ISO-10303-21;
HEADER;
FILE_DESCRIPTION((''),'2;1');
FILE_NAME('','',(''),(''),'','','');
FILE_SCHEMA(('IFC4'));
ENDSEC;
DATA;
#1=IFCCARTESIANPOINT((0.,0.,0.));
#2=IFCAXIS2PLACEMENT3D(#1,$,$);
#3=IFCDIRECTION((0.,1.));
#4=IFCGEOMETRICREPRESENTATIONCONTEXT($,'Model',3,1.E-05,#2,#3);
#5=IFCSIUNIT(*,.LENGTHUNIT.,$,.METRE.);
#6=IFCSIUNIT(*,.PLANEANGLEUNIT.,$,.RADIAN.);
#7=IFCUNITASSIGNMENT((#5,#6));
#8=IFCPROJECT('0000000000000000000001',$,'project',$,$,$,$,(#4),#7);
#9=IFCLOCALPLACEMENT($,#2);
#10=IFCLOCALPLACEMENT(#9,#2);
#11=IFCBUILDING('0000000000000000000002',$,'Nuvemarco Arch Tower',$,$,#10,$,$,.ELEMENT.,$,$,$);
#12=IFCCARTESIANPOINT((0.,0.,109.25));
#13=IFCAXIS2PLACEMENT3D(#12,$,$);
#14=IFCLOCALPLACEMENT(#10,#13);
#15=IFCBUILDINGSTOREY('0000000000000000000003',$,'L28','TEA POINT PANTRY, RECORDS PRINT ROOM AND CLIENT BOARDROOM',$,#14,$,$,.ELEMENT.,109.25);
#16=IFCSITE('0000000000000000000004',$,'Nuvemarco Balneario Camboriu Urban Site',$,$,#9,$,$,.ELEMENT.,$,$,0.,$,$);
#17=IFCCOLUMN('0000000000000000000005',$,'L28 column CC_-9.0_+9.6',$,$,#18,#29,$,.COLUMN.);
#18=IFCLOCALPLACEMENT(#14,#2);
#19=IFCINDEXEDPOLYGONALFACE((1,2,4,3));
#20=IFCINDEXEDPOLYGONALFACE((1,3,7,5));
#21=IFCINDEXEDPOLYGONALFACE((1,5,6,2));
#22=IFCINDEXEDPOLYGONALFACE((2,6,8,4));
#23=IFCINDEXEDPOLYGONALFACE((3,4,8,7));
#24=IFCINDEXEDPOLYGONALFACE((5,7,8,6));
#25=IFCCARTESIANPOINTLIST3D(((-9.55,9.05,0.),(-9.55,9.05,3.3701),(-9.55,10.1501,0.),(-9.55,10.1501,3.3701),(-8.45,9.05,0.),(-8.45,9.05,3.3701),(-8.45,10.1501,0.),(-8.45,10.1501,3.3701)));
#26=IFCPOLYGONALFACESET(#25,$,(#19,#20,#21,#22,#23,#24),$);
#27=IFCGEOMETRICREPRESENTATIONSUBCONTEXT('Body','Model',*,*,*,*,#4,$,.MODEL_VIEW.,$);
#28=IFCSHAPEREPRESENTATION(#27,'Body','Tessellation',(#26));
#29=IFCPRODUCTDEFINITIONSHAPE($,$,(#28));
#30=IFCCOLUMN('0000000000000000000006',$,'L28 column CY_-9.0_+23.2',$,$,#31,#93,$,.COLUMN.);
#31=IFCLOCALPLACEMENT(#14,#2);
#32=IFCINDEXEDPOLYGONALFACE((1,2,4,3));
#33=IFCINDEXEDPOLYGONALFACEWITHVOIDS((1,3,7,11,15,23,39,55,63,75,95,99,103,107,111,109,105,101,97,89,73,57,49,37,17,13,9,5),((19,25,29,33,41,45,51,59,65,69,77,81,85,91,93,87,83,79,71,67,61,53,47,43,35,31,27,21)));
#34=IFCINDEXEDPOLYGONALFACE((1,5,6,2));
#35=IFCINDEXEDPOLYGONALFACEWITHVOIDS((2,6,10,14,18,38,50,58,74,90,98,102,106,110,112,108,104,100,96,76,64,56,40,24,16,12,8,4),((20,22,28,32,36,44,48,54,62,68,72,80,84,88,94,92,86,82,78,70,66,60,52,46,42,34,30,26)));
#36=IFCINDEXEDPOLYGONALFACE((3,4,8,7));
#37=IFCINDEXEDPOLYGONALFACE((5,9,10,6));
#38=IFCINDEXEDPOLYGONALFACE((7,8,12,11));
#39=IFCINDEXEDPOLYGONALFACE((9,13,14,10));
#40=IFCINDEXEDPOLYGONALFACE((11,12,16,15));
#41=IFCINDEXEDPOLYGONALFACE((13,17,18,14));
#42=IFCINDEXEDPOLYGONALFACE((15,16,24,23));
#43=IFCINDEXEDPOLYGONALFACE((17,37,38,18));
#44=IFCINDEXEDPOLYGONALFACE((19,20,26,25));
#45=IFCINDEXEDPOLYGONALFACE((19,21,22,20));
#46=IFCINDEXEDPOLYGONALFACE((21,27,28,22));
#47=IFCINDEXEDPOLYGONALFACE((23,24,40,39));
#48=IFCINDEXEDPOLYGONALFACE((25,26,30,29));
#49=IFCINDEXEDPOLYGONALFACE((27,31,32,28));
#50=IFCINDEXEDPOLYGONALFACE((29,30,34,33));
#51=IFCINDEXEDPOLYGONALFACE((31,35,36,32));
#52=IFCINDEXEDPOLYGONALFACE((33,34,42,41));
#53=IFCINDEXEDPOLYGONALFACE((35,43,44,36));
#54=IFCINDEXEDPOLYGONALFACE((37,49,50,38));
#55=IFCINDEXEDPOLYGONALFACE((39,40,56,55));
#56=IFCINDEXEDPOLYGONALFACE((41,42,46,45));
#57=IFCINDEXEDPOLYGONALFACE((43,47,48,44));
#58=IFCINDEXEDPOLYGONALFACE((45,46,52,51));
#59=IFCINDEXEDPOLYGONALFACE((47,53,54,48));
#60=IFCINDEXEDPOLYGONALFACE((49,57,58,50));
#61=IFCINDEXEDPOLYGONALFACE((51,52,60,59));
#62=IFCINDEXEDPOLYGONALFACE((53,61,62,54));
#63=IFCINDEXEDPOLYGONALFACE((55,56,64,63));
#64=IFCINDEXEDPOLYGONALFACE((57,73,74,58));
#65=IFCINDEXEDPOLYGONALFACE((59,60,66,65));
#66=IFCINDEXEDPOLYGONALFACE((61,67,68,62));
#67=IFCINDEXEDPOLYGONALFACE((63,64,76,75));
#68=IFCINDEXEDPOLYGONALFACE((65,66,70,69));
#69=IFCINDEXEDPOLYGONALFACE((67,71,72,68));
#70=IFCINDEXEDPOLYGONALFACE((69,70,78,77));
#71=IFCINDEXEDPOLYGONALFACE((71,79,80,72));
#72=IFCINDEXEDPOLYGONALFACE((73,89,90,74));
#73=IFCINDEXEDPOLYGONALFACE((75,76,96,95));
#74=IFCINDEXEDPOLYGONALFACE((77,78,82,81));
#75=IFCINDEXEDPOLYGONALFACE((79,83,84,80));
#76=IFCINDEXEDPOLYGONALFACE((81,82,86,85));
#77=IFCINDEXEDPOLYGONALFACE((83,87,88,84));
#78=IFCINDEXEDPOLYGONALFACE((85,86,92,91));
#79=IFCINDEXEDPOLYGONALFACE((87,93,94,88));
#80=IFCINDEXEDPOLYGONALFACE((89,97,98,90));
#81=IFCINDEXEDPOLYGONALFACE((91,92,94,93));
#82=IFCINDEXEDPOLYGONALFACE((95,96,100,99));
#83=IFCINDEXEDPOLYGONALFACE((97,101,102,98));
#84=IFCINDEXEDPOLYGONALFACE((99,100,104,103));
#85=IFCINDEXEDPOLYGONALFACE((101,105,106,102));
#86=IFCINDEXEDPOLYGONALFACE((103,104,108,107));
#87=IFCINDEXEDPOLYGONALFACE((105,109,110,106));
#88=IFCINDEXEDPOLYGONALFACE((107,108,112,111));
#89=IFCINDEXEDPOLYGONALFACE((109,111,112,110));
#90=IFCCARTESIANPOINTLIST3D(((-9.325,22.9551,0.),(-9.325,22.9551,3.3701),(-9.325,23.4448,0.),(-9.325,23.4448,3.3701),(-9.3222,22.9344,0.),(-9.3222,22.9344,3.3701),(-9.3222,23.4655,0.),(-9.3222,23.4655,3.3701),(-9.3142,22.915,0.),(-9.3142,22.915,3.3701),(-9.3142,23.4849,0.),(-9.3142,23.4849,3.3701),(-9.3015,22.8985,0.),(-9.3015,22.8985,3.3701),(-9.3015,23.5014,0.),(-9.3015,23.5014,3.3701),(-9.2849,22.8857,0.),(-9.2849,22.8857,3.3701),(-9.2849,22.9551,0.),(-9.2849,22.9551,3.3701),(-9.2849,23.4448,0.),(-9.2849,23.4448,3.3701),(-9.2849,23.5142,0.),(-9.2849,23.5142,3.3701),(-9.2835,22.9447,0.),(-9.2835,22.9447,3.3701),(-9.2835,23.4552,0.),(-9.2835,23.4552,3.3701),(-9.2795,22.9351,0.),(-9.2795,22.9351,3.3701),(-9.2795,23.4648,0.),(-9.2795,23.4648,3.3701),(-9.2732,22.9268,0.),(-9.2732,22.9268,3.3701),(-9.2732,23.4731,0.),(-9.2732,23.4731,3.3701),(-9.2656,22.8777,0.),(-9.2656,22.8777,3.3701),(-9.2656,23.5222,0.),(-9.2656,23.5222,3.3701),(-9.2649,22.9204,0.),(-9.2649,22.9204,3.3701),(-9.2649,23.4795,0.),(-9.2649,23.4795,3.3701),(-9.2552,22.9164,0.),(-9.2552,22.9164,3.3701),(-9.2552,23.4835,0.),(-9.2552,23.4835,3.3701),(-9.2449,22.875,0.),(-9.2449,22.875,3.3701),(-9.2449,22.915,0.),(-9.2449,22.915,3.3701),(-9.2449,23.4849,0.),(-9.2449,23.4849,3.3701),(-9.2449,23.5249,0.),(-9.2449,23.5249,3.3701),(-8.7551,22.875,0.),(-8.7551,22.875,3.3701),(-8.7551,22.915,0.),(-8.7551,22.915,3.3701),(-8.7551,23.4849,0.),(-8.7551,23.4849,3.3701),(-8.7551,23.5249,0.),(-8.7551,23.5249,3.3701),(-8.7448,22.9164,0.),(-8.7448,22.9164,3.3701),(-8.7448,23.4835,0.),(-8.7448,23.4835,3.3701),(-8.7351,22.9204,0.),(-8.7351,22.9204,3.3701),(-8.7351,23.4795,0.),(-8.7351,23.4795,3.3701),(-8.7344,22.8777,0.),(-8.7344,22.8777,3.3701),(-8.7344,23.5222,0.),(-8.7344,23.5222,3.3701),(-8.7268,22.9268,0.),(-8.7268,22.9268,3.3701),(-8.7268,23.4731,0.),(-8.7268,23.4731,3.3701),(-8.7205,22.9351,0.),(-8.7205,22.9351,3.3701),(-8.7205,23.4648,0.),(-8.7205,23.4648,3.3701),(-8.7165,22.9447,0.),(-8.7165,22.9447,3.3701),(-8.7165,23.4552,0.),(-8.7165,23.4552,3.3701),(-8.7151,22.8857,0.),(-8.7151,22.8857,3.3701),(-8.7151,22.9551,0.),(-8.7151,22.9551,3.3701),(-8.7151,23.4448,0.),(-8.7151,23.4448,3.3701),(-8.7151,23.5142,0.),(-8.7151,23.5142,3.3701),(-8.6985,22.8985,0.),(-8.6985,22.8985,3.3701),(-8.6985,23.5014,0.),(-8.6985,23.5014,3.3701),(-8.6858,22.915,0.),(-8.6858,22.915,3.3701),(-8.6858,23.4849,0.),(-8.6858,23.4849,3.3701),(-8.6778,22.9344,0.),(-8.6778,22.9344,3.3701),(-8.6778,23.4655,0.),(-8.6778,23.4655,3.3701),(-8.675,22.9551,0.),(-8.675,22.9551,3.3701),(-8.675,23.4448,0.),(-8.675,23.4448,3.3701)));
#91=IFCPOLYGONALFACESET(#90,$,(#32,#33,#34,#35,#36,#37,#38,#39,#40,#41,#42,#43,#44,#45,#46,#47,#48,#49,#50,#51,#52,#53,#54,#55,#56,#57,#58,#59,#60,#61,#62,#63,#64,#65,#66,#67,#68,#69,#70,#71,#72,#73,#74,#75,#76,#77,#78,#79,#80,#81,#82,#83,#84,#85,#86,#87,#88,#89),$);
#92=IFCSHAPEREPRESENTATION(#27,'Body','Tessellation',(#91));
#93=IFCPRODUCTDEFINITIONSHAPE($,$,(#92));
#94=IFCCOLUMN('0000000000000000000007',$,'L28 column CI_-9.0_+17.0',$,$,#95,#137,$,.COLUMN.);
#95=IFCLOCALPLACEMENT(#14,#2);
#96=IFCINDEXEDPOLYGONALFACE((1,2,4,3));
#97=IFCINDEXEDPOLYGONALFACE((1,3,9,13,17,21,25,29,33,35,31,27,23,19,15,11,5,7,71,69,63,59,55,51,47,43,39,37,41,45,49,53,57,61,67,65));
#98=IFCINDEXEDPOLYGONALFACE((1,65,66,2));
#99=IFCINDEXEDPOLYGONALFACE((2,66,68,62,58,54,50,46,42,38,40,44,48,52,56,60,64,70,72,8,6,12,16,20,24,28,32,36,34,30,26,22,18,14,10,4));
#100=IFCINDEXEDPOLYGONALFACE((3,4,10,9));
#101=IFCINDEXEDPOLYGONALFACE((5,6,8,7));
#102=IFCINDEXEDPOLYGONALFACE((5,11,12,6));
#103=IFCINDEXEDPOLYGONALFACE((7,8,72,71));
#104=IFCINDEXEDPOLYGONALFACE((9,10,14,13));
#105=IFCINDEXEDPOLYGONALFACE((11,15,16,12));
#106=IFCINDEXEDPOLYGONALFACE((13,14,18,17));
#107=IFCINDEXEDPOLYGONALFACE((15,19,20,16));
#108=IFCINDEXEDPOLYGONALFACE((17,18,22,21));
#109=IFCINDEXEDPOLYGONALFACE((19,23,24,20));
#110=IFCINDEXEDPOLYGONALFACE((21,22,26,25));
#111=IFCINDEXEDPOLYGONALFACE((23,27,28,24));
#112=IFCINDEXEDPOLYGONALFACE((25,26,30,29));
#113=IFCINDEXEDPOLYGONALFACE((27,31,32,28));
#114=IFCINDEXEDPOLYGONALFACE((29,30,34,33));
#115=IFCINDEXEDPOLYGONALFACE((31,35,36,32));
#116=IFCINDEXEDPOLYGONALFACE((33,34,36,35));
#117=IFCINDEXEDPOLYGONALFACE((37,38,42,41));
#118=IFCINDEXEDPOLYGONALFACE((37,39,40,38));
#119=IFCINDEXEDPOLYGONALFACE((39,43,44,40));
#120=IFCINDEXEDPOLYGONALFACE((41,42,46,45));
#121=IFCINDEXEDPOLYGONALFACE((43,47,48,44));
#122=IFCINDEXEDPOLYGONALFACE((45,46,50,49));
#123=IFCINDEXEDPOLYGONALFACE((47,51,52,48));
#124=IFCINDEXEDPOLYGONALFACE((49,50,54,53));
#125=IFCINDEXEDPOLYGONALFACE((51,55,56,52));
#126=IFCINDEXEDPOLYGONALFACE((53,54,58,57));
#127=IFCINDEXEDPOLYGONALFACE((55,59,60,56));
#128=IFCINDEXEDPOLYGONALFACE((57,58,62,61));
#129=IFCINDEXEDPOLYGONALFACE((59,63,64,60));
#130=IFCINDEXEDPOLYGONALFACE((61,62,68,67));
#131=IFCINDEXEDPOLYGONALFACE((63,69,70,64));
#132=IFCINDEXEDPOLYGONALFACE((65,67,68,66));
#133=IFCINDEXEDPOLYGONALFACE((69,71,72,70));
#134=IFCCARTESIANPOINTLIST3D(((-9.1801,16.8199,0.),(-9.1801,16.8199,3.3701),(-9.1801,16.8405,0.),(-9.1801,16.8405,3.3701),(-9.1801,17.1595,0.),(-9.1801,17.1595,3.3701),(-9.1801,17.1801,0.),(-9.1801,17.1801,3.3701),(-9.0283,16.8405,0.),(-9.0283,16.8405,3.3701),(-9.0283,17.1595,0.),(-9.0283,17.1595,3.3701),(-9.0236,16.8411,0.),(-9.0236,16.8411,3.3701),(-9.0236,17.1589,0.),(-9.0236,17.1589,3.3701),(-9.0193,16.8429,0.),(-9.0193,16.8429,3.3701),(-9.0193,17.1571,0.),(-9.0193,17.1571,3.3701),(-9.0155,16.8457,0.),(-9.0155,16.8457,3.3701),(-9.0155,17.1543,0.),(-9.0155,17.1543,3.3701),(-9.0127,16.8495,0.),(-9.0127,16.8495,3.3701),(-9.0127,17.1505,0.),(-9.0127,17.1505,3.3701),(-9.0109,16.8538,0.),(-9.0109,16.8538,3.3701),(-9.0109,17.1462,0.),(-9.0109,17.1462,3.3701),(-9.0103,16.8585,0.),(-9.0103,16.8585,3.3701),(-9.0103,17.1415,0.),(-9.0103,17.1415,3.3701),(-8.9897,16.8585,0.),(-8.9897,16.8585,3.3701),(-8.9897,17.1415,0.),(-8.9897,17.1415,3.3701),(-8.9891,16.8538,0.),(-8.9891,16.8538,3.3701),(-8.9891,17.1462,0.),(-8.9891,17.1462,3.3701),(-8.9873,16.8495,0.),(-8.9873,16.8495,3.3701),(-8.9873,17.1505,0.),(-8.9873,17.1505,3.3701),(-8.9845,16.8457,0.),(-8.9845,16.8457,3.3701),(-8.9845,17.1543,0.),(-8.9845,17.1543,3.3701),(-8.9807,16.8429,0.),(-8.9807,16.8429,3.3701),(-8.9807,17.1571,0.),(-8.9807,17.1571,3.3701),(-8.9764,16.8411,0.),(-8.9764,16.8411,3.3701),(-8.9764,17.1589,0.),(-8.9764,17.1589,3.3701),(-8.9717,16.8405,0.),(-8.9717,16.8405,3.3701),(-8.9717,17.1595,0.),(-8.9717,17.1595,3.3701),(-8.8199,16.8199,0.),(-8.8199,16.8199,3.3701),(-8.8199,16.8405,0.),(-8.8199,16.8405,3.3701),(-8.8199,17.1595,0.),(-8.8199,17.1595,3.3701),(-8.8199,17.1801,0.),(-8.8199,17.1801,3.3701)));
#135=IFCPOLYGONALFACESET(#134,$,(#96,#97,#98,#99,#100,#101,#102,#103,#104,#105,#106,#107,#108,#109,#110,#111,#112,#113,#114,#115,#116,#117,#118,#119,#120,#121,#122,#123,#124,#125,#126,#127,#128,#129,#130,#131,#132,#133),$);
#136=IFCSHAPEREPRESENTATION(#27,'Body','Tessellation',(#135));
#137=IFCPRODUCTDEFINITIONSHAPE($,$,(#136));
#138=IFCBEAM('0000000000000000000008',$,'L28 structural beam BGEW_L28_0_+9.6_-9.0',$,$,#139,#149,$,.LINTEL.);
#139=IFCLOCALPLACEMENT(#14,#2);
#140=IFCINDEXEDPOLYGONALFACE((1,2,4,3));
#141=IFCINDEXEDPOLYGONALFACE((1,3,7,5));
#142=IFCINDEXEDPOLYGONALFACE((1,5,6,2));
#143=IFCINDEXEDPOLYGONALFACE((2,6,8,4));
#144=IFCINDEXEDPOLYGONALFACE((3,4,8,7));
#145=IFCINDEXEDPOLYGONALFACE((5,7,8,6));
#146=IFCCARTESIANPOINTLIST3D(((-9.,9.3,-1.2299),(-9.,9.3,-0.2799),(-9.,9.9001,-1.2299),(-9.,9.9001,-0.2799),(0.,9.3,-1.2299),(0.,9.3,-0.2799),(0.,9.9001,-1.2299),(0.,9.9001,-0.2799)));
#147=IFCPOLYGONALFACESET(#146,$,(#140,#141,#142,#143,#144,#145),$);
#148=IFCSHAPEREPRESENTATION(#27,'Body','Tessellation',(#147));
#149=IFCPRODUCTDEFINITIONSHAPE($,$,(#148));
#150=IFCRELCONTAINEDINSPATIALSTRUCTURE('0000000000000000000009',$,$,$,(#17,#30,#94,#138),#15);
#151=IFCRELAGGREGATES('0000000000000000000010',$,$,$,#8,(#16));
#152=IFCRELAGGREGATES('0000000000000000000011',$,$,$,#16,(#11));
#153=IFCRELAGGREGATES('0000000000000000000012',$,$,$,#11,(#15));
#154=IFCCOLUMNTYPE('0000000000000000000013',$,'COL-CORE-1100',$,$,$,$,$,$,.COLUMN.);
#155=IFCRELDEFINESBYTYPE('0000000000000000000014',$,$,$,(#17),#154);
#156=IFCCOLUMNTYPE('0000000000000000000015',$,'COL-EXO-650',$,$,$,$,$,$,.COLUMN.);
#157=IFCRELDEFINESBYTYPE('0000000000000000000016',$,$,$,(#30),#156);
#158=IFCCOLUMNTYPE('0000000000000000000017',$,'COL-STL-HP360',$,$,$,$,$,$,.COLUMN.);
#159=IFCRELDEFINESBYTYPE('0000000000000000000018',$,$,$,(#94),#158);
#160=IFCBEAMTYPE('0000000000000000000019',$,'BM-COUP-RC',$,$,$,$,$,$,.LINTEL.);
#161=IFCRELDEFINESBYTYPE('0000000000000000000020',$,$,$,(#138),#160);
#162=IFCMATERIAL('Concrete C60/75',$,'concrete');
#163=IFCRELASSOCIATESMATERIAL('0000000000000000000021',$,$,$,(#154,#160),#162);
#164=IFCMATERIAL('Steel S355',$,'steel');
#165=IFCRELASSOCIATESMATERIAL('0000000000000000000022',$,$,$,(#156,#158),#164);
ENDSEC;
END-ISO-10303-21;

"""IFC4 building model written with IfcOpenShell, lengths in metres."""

from ifc_helpers import new_model, si_unit, direction, frame, origin, origin_2d, place, context, subcontext, project, spatial, rectangle, hollow_rectangle, i_section, extrude, material, material_profile, profile_set, type_object, element, save


model = new_model("IFC4")

# Units and contexts
model_context = context("Model", 3, precision=1e-05, world=origin(), true_north=direction((0.0, 1.0)))
body_context = subcontext(model_context, "Body", "Model", "MODEL_VIEW")
ifc_project = project(units=[si_unit("LENGTHUNIT", "METRE"), si_unit("PLANEANGLEUNIT", "RADIAN")], contexts=[model_context])

# Site, building, storey
site_placement = place(None, origin())
site = spatial("IfcSite", under=ifc_project, at=site_placement, Name="Nuvemarco Balneario Camboriu Urban Site", CompositionType="ELEMENT", RefElevation=0.0)
building_placement = place(site_placement, origin())
building = spatial("IfcBuilding", under=site, at=building_placement, Name="Nuvemarco Arch Tower", CompositionType="ELEMENT")
storey_placement = place(building_placement, frame((0.0, 0.0, 109.25)))
storey = spatial("IfcBuildingStorey", under=building, at=storey_placement, Name="L28", Description="TEA POINT PANTRY, RECORDS PRINT ROOM AND CLIENT BOARDROOM", CompositionType="ELEMENT", Elevation=109.25)

# Columns
ifc_material_1 = material(Name="Concrete C60/75", Category="concrete")
ifc_material_profile_1 = material_profile(ifc_material_1, rectangle(XDim=1.1001, YDim=1.1001, at=origin_2d()), Name="RC-COL-1100x1100")
ifc_profile_set_1 = profile_set([ifc_material_profile_1], Name="Concrete C60/75")
column_type_1 = type_object("IfcColumnType", Name="COL-CORE-1100", PredefinedType="COLUMN", material=ifc_profile_set_1)
column_1_placement = place(storey_placement, frame((-9.0, 9.6001, 0.0), z_axis=(0.0, 0.0, 1.0), x_axis=(1.0, 0.0, 0.0)))
element("IfcColumn", 1, at=column_1_placement, inside=storey, type_object=column_type_1, Name="L28 column CC_-9.0_+9.6", PredefinedType="COLUMN", context=body_context, shape_type="SweptSolid", body=[
    extrude(rectangle(XDim=1.1001, YDim=1.1001, at=origin_2d()), origin(), (0.0, 0.0, 1.0), 3.3701),
])
ifc_material_2 = material(Name="Steel S355", Category="steel")
ifc_material_profile_2 = material_profile(ifc_material_2, hollow_rectangle(XDim=0.6499, YDim=0.6499, WallThickness=0.04, InnerFilletRadius=0.04, OuterFilletRadius=0.0801, at=origin_2d()), Name="SHS650x650x40")
ifc_profile_set_2 = profile_set([ifc_material_profile_2], Name="Steel S355")
column_type_2 = type_object("IfcColumnType", Name="COL-EXO-650", PredefinedType="COLUMN", material=ifc_profile_set_2)
column_2_placement = place(storey_placement, frame((-9.0, 23.2, 0.0), z_axis=(0.0, 0.0, 1.0), x_axis=(1.0, 0.0, 0.0)))
element("IfcColumn", 2, at=column_2_placement, inside=storey, type_object=column_type_2, Name="L28 column CY_-9.0_+23.2", PredefinedType="COLUMN", context=body_context, shape_type="SweptSolid", body=[
    extrude(hollow_rectangle(XDim=0.6499, YDim=0.6499, WallThickness=0.04, InnerFilletRadius=0.04, OuterFilletRadius=0.0801, at=origin_2d()), origin(), (0.0, 0.0, 1.0), 3.3701),
])
ifc_material_profile_3 = material_profile(ifc_material_2, i_section(OverallWidth=0.3601, OverallDepth=0.3601, WebThickness=0.0205, FlangeThickness=0.0205, FilletRadius=0.0181, at=origin_2d()), Name="HP360x174")
ifc_profile_set_3 = profile_set([ifc_material_profile_3], Name="Steel S355")
column_type_3 = type_object("IfcColumnType", Name="COL-STL-HP360", PredefinedType="COLUMN", material=ifc_profile_set_3)
column_3_placement = place(storey_placement, frame((-9.0, 17.0, 0.0), z_axis=(0.0, 0.0, 1.0), x_axis=(1.0, 0.0, 0.0)))
element("IfcColumn", 3, at=column_3_placement, inside=storey, type_object=column_type_3, Name="L28 column CI_-9.0_+17.0", PredefinedType="COLUMN", context=body_context, shape_type="SweptSolid", body=[
    extrude(i_section(OverallWidth=0.3601, OverallDepth=0.3601, WebThickness=0.0205, FlangeThickness=0.0205, FilletRadius=0.0181, at=origin_2d()), origin(), (0.0, 0.0, 1.0), 3.3701),
])

# Beam
ifc_material_profile_4 = material_profile(ifc_material_1, rectangle(XDim=0.6001, YDim=0.95, at=origin_2d()), Name="RC-BM-600x950")
ifc_profile_set_4 = profile_set([ifc_material_profile_4], Name="Concrete C60/75")
beam_type_1 = type_object("IfcBeamType", Name="BM-COUP-RC", PredefinedType="LINTEL", material=ifc_profile_set_4)
beam_1_placement = place(storey_placement, frame((-9.0, 9.6001, -0.7549), z_axis=(1.0, 0.0, 0.0), x_axis=(0.0, 1.0, 0.0)))
element("IfcBeam", 4, at=beam_1_placement, inside=storey, type_object=beam_type_1, Name="L28 structural beam BGEW_L28_0_+9.6_-9.0", PredefinedType="LINTEL", context=body_context, shape_type="SweptSolid", body=[
    extrude(rectangle(XDim=0.6001, YDim=0.95, at=origin_2d()), origin(), (0.0, 0.0, 1.0), 9.0),
])

save(model, "model.ifc")
